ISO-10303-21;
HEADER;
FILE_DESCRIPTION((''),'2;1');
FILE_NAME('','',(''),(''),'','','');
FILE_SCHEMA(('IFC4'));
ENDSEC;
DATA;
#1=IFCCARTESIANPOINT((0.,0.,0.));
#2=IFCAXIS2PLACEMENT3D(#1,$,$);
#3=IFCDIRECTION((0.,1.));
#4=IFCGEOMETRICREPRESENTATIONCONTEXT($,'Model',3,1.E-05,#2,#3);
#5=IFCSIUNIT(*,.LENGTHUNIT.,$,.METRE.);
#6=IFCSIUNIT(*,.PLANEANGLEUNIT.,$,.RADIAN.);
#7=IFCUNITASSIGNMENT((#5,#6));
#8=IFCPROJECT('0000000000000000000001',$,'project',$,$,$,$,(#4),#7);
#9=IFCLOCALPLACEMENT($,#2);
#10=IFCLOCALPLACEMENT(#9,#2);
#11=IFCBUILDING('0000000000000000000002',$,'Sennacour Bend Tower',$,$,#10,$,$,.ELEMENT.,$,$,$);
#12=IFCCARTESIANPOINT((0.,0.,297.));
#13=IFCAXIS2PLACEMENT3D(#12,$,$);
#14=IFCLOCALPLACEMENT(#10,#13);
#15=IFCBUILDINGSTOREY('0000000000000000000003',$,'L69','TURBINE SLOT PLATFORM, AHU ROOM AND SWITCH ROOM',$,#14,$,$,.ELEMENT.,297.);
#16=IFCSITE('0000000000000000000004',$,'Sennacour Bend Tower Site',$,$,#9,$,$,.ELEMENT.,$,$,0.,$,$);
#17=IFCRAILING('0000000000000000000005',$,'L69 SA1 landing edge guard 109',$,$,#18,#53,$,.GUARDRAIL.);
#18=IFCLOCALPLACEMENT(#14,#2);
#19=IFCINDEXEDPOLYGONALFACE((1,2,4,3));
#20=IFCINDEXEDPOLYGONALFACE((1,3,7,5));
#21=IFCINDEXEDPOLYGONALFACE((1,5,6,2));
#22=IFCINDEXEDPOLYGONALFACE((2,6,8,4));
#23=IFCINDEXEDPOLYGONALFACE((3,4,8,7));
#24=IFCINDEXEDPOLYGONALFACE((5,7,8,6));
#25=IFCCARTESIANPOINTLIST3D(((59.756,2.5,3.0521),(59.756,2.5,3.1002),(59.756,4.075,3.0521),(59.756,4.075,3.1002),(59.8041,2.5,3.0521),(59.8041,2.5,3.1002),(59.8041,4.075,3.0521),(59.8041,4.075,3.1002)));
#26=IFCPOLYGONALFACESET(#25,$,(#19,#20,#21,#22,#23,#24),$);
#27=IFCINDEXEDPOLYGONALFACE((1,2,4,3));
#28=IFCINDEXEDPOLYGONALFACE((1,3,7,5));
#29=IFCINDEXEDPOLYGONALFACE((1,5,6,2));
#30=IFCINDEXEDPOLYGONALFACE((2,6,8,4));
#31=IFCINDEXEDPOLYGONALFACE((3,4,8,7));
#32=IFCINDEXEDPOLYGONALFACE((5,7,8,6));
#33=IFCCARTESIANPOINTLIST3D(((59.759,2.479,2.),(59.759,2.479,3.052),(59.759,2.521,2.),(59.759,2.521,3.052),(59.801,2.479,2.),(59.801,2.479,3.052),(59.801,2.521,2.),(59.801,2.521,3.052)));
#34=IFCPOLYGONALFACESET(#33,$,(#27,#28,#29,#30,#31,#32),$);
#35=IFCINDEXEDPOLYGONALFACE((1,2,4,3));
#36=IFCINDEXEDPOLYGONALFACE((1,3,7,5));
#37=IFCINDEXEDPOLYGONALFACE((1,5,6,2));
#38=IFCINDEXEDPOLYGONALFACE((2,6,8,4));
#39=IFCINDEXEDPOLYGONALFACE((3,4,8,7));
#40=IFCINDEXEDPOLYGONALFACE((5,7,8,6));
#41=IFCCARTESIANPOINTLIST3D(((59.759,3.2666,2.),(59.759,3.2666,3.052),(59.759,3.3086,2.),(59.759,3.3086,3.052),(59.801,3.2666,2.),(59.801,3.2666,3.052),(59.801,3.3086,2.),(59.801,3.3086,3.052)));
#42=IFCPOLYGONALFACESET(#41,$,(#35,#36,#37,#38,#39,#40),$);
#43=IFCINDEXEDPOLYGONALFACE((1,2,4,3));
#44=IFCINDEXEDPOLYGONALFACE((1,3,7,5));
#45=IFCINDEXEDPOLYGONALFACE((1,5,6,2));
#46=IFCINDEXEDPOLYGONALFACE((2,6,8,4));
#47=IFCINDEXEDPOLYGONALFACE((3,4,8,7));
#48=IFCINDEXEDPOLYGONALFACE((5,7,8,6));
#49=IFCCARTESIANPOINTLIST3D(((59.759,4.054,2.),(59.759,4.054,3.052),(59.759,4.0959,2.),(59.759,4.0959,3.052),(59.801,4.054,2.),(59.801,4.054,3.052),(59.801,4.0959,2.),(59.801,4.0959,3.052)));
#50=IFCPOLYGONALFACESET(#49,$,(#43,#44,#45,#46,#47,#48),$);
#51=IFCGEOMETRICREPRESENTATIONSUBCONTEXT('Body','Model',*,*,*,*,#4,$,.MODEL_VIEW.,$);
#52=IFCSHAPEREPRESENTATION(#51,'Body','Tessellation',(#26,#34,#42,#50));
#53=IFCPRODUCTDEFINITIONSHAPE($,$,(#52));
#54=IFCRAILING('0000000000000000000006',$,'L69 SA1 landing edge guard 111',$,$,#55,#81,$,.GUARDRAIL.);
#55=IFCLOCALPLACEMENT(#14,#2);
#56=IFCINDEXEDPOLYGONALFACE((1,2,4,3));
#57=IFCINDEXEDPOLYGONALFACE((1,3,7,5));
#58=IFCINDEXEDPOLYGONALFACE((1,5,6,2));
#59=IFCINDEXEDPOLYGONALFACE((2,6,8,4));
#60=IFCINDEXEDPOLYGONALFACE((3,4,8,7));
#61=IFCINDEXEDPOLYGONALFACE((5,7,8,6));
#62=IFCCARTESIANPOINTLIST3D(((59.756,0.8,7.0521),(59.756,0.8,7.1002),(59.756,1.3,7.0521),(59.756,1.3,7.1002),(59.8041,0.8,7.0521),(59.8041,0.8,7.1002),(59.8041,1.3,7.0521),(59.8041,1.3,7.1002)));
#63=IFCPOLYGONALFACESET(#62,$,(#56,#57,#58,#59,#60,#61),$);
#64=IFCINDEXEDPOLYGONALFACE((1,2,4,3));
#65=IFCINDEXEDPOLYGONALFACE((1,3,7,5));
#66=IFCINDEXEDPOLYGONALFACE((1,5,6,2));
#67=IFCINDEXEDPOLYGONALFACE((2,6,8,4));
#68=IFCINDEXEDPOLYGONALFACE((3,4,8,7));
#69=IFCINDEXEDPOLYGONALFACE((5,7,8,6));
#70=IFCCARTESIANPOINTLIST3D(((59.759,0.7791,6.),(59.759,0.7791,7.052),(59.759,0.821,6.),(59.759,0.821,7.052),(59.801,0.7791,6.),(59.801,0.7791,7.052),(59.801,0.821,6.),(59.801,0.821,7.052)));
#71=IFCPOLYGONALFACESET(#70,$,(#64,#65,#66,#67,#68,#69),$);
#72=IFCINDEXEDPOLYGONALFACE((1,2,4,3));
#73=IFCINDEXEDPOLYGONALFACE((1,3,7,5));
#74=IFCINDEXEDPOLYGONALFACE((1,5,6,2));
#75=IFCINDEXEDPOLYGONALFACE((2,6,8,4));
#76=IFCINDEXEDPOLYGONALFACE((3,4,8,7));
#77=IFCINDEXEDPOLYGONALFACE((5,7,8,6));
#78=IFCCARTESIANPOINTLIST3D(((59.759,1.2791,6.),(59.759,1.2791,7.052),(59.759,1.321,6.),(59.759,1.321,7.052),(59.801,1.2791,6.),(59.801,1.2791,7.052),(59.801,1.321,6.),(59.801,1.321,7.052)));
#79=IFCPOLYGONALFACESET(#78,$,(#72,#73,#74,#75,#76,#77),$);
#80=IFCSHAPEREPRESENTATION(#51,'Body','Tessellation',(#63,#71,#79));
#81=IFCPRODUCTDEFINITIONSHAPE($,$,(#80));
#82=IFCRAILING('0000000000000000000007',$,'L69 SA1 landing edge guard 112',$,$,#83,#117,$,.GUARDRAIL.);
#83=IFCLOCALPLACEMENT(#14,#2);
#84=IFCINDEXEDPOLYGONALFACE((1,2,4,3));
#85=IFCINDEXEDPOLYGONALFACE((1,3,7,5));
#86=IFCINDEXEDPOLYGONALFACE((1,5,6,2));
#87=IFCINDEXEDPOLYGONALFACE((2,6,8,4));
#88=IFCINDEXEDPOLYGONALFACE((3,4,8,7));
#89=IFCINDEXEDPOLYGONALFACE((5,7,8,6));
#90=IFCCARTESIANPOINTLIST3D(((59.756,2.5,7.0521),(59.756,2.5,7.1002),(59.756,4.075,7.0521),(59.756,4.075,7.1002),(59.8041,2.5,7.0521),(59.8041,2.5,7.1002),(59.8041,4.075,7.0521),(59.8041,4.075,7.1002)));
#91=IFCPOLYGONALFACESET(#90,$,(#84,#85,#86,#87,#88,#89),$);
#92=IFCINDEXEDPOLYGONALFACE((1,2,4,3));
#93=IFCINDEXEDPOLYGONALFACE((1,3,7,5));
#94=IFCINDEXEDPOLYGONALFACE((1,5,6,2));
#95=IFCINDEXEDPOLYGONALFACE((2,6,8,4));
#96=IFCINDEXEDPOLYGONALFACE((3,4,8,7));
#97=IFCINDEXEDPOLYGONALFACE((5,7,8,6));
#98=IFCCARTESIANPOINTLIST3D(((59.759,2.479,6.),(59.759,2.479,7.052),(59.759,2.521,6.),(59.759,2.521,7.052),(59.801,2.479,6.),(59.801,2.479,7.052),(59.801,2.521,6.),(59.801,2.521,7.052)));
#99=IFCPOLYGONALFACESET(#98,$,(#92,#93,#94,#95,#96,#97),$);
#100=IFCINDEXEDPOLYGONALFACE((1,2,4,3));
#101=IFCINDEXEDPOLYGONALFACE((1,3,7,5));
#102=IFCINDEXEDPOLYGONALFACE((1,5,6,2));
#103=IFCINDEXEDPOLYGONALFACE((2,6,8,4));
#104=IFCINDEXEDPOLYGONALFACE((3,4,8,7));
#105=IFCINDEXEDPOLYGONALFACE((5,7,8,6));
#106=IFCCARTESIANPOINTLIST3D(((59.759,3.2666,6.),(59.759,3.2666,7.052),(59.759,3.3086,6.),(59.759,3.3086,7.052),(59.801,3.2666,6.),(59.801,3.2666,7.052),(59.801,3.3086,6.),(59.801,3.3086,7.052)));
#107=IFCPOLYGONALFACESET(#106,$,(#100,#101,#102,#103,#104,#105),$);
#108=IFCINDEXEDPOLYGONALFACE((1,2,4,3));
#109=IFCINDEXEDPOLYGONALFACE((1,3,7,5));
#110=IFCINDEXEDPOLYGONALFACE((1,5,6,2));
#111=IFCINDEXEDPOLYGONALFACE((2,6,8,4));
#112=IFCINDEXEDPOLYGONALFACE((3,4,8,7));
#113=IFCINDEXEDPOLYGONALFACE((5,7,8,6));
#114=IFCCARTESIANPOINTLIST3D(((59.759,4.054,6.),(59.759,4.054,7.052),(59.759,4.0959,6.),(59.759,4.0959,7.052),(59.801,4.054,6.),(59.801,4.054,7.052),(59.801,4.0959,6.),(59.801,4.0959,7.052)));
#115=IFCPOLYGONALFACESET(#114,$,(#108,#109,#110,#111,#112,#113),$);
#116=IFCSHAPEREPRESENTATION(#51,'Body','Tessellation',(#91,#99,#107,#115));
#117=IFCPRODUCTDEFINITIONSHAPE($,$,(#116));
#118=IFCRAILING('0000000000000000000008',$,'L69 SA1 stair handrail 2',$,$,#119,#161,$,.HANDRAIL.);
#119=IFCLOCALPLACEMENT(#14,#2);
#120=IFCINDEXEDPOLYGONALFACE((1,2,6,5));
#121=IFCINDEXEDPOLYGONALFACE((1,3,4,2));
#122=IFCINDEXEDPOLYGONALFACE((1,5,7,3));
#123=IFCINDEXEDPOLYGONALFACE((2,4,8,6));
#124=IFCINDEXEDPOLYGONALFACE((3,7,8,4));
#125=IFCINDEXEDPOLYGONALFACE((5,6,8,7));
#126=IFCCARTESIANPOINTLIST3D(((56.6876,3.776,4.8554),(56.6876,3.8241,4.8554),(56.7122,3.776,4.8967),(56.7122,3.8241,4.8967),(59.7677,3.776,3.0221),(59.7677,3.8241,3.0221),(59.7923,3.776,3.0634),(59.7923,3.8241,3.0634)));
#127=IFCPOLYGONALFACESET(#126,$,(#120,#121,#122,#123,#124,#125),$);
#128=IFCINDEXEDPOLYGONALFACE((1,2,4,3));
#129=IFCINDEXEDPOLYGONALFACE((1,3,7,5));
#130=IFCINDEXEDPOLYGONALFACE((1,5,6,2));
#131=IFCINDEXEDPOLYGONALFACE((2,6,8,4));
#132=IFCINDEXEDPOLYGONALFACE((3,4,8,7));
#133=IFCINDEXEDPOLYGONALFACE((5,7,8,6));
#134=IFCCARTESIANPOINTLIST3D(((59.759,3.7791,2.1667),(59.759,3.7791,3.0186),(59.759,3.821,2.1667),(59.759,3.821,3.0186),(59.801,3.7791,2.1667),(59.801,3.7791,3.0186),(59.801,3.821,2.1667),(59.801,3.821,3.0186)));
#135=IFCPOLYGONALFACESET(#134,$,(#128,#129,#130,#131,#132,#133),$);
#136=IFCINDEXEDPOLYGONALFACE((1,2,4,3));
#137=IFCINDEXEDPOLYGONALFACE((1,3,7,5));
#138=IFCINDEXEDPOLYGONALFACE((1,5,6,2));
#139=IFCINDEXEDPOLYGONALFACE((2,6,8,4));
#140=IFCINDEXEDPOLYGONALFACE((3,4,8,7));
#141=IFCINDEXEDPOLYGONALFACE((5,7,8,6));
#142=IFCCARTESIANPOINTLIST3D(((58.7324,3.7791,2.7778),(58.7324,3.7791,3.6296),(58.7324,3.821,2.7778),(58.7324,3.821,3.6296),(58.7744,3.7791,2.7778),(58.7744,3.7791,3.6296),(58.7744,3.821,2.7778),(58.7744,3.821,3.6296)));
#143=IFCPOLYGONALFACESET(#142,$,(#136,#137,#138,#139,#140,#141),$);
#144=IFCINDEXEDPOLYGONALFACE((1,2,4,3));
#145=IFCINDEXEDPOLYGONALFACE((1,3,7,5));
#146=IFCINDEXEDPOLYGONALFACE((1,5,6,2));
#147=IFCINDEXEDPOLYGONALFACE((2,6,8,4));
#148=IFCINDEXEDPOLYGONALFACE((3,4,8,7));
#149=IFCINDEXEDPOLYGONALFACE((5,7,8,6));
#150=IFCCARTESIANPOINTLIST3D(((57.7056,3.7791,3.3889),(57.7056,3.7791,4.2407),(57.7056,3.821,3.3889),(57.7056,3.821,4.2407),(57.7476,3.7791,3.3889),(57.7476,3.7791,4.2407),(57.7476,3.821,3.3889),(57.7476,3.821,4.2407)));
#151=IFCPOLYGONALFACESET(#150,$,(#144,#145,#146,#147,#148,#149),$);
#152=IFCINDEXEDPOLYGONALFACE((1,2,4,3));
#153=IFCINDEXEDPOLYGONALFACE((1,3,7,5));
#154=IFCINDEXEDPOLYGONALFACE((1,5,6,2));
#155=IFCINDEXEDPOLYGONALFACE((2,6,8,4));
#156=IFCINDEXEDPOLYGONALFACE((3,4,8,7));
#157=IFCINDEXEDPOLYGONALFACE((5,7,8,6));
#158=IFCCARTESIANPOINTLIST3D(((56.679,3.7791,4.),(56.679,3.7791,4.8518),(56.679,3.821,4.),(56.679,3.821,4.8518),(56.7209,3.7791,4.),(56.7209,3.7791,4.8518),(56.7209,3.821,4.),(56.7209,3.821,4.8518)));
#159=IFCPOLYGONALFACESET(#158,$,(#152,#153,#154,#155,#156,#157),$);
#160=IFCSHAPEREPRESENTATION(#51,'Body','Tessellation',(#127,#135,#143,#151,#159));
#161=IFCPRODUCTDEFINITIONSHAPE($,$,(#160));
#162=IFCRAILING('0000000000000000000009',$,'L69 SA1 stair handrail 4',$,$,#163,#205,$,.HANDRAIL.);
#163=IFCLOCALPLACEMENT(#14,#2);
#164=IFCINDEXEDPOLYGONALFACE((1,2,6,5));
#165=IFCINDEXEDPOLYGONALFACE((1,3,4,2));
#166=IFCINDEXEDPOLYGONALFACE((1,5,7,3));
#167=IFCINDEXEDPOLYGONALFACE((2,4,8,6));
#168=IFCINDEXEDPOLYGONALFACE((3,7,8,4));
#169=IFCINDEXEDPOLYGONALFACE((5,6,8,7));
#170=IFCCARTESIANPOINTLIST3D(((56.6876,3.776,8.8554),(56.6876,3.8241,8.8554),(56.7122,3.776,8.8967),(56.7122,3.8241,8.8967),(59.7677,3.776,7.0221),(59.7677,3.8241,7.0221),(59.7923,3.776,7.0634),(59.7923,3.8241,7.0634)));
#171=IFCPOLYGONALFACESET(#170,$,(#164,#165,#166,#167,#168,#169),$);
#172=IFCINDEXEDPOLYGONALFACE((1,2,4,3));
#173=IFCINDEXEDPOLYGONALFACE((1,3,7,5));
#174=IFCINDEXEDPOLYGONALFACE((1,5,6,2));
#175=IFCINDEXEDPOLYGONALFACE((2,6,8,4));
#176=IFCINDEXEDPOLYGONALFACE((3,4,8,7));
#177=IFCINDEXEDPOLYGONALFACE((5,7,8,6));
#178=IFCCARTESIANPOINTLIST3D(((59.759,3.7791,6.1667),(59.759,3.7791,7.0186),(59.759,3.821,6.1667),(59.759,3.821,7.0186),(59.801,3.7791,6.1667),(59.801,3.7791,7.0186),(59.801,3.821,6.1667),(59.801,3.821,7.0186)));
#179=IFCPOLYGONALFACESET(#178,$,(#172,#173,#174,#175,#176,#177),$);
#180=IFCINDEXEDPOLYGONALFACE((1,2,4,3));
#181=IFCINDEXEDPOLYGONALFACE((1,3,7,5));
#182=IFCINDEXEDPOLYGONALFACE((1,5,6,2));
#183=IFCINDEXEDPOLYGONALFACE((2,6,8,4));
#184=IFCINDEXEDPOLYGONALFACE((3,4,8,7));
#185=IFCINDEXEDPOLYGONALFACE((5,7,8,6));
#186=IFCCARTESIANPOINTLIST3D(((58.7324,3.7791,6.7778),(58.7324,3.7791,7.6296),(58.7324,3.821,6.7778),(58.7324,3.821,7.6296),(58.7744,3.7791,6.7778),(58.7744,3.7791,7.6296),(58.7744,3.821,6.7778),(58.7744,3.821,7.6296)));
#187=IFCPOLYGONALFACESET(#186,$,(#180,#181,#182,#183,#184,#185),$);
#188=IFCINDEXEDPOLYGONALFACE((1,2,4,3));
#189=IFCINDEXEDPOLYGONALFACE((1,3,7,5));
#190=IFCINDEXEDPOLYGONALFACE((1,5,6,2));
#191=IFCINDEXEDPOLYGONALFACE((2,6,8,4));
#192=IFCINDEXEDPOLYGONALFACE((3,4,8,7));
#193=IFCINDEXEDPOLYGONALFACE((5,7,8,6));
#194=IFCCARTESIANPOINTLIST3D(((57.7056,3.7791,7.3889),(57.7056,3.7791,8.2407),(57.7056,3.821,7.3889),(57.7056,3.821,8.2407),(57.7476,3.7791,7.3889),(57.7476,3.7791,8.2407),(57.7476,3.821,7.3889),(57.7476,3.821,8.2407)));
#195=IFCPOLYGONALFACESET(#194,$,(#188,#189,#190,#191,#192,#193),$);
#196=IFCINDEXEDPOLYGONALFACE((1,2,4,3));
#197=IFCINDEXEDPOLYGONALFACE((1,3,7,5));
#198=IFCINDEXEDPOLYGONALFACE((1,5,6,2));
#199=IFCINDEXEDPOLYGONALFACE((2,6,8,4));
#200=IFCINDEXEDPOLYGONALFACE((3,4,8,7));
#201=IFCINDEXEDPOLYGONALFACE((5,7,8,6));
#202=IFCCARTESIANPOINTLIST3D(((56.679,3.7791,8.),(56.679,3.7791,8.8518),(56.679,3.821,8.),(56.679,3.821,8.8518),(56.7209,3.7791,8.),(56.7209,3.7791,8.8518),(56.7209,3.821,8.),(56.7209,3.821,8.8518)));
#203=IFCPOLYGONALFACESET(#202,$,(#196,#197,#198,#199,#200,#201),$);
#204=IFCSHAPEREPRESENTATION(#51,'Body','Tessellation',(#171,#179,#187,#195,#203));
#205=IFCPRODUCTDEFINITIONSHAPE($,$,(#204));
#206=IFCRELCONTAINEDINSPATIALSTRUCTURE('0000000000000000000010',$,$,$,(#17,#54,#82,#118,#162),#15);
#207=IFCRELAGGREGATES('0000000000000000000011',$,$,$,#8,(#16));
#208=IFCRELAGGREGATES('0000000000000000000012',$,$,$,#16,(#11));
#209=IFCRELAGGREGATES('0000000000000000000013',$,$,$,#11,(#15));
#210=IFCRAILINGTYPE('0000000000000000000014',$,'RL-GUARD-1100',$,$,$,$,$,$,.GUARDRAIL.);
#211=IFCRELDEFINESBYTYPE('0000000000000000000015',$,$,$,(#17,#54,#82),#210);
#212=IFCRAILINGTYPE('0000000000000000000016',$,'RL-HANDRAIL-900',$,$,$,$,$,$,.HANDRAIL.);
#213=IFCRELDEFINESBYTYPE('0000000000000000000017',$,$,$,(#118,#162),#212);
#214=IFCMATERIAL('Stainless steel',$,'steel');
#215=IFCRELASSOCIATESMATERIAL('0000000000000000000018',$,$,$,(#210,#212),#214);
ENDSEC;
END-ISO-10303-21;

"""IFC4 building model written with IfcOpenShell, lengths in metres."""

from ifc_helpers import new_model, si_unit, direction, frame, origin, origin_2d, place, context, subcontext, project, spatial, rectangle, extrude, material, type_object, element, save


model = new_model("IFC4")

# Units and contexts
model_context = context("Model", 3, precision=1e-05, world=origin(), true_north=direction((0.0, 1.0)))
body_context = subcontext(model_context, "Body", "Model", "MODEL_VIEW")
ifc_project = project(units=[si_unit("LENGTHUNIT", "METRE"), si_unit("PLANEANGLEUNIT", "RADIAN")], contexts=[model_context])

# Site, building, storey
site_placement = place(None, origin())
site = spatial("IfcSite", under=ifc_project, at=site_placement, Name="Sennacour Bend Tower Site", CompositionType="ELEMENT", RefElevation=0.0)
building_placement = place(site_placement, origin())
building = spatial("IfcBuilding", under=site, at=building_placement, Name="Sennacour Bend Tower", CompositionType="ELEMENT")
storey_placement = place(building_placement, frame((0.0, 0.0, 297.0)))
storey = spatial("IfcBuildingStorey", under=building, at=storey_placement, Name="L69", Description="TURBINE SLOT PLATFORM, AHU ROOM AND SWITCH ROOM", CompositionType="ELEMENT", Elevation=297.0)

# Shared definitions
ifc_material_1 = material(Name="Stainless steel", Category="steel")

# Railings
railing_type_1 = type_object("IfcRailingType", Name="RL-GUARD-1100", PredefinedType="GUARDRAIL", material=ifc_material_1)
railing_1_placement = place(storey_placement, frame((59.78, 2.5, 2.0)))
element("IfcRailing", 1, at=railing_1_placement, inside=storey, type_object=railing_type_1, Name="L69 SA1 landing edge guard 109", PredefinedType="GUARDRAIL", context=body_context, shape_type="SweptSolid", body=[
    extrude(rectangle(XDim=0.0481, YDim=0.0481, at=origin_2d()), frame((0.0, 0.0, 1.0762), z_axis=(0.0, 1.0, 0.0), x_axis=(-1.0, 0.0, 0.0)), (0.0, 0.0, 1.0), 1.575),
    extrude(rectangle(XDim=0.042, YDim=0.042, at=origin_2d()), origin(), (0.0, 0.0, 1.0), 1.052),
    extrude(rectangle(XDim=0.042, YDim=0.042, at=origin_2d()), frame((0.0, 0.7876, 0.0)), (0.0, 0.0, 1.0), 1.052),
    extrude(rectangle(XDim=0.042, YDim=0.042, at=origin_2d()), frame((0.0, 1.575, 0.0)), (0.0, 0.0, 1.0), 1.052),
])
railing_2_placement = place(storey_placement, frame((59.78, 0.8, 6.0)))
element("IfcRailing", 2, at=railing_2_placement, inside=storey, type_object=railing_type_1, Name="L69 SA1 landing edge guard 111", PredefinedType="GUARDRAIL", context=body_context, shape_type="SweptSolid", body=[
    extrude(rectangle(XDim=0.0481, YDim=0.0481, at=origin_2d()), frame((0.0, 0.0, 1.0762), z_axis=(0.0, 1.0, 0.0), x_axis=(-1.0, 0.0, 0.0)), (0.0, 0.0, 1.0), 0.5),
    extrude(rectangle(XDim=0.042, YDim=0.042, at=origin_2d()), origin(), (0.0, 0.0, 1.0), 1.052),
    extrude(rectangle(XDim=0.042, YDim=0.042, at=origin_2d()), frame((0.0, 0.5, 0.0)), (0.0, 0.0, 1.0), 1.052),
])
railing_3_placement = place(storey_placement, frame((59.78, 2.5, 6.0)))
element("IfcRailing", 3, at=railing_3_placement, inside=storey, type_object=railing_type_1, Name="L69 SA1 landing edge guard 112", PredefinedType="GUARDRAIL", context=body_context, shape_type="SweptSolid", body=[
    extrude(rectangle(XDim=0.0481, YDim=0.0481, at=origin_2d()), frame((0.0, 0.0, 1.0762), z_axis=(0.0, 1.0, 0.0), x_axis=(-1.0, 0.0, 0.0)), (0.0, 0.0, 1.0), 1.575),
    extrude(rectangle(XDim=0.042, YDim=0.042, at=origin_2d()), origin(), (0.0, 0.0, 1.0), 1.052),
    extrude(rectangle(XDim=0.042, YDim=0.042, at=origin_2d()), frame((0.0, 0.7876, 0.0)), (0.0, 0.0, 1.0), 1.052),
    extrude(rectangle(XDim=0.042, YDim=0.042, at=origin_2d()), frame((0.0, 1.575, 0.0)), (0.0, 0.0, 1.0), 1.052),
])
railing_type_2 = type_object("IfcRailingType", Name="RL-HANDRAIL-900", PredefinedType="HANDRAIL", material=ifc_material_1)
for number, where, name in (
    (4, (59.78, 3.8, 2.1667), "L69 SA1 stair handrail 2"),
    (5, (59.78, 3.8, 6.1667), "L69 SA1 stair handrail 4"),
):
    element("IfcRailing", number, at=place(storey_placement, frame(where)), inside=storey, type_object=railing_type_2, Name=name, PredefinedType="HANDRAIL", context=body_context, shape_type="SweptSolid", body=[
        extrude(rectangle(XDim=0.0481, YDim=0.0481, at=origin_2d()), frame((0.0, 0.0, 0.876), z_axis=(-0.859309, 0.0, 0.511458), x_axis=(0.0, -1.0, 0.0)), (0.0, 0.0, 1.0), 3.5845),
        extrude(rectangle(XDim=0.042, YDim=0.042, at=origin_2d()), origin(), (0.0, 0.0, 1.0), 0.8518),
        extrude(rectangle(XDim=0.042, YDim=0.042, at=origin_2d()), frame((-1.0266, 0.0, 0.6111)), (0.0, 0.0, 1.0), 0.8518),
        extrude(rectangle(XDim=0.042, YDim=0.042, at=origin_2d()), frame((-2.0535, 0.0, 1.2222)), (0.0, 0.0, 1.0), 0.8518),
        extrude(rectangle(XDim=0.042, YDim=0.042, at=origin_2d()), frame((-3.0801, 0.0, 1.8333)), (0.0, 0.0, 1.0), 0.8518),
    ])

save(model, "model.ifc")
